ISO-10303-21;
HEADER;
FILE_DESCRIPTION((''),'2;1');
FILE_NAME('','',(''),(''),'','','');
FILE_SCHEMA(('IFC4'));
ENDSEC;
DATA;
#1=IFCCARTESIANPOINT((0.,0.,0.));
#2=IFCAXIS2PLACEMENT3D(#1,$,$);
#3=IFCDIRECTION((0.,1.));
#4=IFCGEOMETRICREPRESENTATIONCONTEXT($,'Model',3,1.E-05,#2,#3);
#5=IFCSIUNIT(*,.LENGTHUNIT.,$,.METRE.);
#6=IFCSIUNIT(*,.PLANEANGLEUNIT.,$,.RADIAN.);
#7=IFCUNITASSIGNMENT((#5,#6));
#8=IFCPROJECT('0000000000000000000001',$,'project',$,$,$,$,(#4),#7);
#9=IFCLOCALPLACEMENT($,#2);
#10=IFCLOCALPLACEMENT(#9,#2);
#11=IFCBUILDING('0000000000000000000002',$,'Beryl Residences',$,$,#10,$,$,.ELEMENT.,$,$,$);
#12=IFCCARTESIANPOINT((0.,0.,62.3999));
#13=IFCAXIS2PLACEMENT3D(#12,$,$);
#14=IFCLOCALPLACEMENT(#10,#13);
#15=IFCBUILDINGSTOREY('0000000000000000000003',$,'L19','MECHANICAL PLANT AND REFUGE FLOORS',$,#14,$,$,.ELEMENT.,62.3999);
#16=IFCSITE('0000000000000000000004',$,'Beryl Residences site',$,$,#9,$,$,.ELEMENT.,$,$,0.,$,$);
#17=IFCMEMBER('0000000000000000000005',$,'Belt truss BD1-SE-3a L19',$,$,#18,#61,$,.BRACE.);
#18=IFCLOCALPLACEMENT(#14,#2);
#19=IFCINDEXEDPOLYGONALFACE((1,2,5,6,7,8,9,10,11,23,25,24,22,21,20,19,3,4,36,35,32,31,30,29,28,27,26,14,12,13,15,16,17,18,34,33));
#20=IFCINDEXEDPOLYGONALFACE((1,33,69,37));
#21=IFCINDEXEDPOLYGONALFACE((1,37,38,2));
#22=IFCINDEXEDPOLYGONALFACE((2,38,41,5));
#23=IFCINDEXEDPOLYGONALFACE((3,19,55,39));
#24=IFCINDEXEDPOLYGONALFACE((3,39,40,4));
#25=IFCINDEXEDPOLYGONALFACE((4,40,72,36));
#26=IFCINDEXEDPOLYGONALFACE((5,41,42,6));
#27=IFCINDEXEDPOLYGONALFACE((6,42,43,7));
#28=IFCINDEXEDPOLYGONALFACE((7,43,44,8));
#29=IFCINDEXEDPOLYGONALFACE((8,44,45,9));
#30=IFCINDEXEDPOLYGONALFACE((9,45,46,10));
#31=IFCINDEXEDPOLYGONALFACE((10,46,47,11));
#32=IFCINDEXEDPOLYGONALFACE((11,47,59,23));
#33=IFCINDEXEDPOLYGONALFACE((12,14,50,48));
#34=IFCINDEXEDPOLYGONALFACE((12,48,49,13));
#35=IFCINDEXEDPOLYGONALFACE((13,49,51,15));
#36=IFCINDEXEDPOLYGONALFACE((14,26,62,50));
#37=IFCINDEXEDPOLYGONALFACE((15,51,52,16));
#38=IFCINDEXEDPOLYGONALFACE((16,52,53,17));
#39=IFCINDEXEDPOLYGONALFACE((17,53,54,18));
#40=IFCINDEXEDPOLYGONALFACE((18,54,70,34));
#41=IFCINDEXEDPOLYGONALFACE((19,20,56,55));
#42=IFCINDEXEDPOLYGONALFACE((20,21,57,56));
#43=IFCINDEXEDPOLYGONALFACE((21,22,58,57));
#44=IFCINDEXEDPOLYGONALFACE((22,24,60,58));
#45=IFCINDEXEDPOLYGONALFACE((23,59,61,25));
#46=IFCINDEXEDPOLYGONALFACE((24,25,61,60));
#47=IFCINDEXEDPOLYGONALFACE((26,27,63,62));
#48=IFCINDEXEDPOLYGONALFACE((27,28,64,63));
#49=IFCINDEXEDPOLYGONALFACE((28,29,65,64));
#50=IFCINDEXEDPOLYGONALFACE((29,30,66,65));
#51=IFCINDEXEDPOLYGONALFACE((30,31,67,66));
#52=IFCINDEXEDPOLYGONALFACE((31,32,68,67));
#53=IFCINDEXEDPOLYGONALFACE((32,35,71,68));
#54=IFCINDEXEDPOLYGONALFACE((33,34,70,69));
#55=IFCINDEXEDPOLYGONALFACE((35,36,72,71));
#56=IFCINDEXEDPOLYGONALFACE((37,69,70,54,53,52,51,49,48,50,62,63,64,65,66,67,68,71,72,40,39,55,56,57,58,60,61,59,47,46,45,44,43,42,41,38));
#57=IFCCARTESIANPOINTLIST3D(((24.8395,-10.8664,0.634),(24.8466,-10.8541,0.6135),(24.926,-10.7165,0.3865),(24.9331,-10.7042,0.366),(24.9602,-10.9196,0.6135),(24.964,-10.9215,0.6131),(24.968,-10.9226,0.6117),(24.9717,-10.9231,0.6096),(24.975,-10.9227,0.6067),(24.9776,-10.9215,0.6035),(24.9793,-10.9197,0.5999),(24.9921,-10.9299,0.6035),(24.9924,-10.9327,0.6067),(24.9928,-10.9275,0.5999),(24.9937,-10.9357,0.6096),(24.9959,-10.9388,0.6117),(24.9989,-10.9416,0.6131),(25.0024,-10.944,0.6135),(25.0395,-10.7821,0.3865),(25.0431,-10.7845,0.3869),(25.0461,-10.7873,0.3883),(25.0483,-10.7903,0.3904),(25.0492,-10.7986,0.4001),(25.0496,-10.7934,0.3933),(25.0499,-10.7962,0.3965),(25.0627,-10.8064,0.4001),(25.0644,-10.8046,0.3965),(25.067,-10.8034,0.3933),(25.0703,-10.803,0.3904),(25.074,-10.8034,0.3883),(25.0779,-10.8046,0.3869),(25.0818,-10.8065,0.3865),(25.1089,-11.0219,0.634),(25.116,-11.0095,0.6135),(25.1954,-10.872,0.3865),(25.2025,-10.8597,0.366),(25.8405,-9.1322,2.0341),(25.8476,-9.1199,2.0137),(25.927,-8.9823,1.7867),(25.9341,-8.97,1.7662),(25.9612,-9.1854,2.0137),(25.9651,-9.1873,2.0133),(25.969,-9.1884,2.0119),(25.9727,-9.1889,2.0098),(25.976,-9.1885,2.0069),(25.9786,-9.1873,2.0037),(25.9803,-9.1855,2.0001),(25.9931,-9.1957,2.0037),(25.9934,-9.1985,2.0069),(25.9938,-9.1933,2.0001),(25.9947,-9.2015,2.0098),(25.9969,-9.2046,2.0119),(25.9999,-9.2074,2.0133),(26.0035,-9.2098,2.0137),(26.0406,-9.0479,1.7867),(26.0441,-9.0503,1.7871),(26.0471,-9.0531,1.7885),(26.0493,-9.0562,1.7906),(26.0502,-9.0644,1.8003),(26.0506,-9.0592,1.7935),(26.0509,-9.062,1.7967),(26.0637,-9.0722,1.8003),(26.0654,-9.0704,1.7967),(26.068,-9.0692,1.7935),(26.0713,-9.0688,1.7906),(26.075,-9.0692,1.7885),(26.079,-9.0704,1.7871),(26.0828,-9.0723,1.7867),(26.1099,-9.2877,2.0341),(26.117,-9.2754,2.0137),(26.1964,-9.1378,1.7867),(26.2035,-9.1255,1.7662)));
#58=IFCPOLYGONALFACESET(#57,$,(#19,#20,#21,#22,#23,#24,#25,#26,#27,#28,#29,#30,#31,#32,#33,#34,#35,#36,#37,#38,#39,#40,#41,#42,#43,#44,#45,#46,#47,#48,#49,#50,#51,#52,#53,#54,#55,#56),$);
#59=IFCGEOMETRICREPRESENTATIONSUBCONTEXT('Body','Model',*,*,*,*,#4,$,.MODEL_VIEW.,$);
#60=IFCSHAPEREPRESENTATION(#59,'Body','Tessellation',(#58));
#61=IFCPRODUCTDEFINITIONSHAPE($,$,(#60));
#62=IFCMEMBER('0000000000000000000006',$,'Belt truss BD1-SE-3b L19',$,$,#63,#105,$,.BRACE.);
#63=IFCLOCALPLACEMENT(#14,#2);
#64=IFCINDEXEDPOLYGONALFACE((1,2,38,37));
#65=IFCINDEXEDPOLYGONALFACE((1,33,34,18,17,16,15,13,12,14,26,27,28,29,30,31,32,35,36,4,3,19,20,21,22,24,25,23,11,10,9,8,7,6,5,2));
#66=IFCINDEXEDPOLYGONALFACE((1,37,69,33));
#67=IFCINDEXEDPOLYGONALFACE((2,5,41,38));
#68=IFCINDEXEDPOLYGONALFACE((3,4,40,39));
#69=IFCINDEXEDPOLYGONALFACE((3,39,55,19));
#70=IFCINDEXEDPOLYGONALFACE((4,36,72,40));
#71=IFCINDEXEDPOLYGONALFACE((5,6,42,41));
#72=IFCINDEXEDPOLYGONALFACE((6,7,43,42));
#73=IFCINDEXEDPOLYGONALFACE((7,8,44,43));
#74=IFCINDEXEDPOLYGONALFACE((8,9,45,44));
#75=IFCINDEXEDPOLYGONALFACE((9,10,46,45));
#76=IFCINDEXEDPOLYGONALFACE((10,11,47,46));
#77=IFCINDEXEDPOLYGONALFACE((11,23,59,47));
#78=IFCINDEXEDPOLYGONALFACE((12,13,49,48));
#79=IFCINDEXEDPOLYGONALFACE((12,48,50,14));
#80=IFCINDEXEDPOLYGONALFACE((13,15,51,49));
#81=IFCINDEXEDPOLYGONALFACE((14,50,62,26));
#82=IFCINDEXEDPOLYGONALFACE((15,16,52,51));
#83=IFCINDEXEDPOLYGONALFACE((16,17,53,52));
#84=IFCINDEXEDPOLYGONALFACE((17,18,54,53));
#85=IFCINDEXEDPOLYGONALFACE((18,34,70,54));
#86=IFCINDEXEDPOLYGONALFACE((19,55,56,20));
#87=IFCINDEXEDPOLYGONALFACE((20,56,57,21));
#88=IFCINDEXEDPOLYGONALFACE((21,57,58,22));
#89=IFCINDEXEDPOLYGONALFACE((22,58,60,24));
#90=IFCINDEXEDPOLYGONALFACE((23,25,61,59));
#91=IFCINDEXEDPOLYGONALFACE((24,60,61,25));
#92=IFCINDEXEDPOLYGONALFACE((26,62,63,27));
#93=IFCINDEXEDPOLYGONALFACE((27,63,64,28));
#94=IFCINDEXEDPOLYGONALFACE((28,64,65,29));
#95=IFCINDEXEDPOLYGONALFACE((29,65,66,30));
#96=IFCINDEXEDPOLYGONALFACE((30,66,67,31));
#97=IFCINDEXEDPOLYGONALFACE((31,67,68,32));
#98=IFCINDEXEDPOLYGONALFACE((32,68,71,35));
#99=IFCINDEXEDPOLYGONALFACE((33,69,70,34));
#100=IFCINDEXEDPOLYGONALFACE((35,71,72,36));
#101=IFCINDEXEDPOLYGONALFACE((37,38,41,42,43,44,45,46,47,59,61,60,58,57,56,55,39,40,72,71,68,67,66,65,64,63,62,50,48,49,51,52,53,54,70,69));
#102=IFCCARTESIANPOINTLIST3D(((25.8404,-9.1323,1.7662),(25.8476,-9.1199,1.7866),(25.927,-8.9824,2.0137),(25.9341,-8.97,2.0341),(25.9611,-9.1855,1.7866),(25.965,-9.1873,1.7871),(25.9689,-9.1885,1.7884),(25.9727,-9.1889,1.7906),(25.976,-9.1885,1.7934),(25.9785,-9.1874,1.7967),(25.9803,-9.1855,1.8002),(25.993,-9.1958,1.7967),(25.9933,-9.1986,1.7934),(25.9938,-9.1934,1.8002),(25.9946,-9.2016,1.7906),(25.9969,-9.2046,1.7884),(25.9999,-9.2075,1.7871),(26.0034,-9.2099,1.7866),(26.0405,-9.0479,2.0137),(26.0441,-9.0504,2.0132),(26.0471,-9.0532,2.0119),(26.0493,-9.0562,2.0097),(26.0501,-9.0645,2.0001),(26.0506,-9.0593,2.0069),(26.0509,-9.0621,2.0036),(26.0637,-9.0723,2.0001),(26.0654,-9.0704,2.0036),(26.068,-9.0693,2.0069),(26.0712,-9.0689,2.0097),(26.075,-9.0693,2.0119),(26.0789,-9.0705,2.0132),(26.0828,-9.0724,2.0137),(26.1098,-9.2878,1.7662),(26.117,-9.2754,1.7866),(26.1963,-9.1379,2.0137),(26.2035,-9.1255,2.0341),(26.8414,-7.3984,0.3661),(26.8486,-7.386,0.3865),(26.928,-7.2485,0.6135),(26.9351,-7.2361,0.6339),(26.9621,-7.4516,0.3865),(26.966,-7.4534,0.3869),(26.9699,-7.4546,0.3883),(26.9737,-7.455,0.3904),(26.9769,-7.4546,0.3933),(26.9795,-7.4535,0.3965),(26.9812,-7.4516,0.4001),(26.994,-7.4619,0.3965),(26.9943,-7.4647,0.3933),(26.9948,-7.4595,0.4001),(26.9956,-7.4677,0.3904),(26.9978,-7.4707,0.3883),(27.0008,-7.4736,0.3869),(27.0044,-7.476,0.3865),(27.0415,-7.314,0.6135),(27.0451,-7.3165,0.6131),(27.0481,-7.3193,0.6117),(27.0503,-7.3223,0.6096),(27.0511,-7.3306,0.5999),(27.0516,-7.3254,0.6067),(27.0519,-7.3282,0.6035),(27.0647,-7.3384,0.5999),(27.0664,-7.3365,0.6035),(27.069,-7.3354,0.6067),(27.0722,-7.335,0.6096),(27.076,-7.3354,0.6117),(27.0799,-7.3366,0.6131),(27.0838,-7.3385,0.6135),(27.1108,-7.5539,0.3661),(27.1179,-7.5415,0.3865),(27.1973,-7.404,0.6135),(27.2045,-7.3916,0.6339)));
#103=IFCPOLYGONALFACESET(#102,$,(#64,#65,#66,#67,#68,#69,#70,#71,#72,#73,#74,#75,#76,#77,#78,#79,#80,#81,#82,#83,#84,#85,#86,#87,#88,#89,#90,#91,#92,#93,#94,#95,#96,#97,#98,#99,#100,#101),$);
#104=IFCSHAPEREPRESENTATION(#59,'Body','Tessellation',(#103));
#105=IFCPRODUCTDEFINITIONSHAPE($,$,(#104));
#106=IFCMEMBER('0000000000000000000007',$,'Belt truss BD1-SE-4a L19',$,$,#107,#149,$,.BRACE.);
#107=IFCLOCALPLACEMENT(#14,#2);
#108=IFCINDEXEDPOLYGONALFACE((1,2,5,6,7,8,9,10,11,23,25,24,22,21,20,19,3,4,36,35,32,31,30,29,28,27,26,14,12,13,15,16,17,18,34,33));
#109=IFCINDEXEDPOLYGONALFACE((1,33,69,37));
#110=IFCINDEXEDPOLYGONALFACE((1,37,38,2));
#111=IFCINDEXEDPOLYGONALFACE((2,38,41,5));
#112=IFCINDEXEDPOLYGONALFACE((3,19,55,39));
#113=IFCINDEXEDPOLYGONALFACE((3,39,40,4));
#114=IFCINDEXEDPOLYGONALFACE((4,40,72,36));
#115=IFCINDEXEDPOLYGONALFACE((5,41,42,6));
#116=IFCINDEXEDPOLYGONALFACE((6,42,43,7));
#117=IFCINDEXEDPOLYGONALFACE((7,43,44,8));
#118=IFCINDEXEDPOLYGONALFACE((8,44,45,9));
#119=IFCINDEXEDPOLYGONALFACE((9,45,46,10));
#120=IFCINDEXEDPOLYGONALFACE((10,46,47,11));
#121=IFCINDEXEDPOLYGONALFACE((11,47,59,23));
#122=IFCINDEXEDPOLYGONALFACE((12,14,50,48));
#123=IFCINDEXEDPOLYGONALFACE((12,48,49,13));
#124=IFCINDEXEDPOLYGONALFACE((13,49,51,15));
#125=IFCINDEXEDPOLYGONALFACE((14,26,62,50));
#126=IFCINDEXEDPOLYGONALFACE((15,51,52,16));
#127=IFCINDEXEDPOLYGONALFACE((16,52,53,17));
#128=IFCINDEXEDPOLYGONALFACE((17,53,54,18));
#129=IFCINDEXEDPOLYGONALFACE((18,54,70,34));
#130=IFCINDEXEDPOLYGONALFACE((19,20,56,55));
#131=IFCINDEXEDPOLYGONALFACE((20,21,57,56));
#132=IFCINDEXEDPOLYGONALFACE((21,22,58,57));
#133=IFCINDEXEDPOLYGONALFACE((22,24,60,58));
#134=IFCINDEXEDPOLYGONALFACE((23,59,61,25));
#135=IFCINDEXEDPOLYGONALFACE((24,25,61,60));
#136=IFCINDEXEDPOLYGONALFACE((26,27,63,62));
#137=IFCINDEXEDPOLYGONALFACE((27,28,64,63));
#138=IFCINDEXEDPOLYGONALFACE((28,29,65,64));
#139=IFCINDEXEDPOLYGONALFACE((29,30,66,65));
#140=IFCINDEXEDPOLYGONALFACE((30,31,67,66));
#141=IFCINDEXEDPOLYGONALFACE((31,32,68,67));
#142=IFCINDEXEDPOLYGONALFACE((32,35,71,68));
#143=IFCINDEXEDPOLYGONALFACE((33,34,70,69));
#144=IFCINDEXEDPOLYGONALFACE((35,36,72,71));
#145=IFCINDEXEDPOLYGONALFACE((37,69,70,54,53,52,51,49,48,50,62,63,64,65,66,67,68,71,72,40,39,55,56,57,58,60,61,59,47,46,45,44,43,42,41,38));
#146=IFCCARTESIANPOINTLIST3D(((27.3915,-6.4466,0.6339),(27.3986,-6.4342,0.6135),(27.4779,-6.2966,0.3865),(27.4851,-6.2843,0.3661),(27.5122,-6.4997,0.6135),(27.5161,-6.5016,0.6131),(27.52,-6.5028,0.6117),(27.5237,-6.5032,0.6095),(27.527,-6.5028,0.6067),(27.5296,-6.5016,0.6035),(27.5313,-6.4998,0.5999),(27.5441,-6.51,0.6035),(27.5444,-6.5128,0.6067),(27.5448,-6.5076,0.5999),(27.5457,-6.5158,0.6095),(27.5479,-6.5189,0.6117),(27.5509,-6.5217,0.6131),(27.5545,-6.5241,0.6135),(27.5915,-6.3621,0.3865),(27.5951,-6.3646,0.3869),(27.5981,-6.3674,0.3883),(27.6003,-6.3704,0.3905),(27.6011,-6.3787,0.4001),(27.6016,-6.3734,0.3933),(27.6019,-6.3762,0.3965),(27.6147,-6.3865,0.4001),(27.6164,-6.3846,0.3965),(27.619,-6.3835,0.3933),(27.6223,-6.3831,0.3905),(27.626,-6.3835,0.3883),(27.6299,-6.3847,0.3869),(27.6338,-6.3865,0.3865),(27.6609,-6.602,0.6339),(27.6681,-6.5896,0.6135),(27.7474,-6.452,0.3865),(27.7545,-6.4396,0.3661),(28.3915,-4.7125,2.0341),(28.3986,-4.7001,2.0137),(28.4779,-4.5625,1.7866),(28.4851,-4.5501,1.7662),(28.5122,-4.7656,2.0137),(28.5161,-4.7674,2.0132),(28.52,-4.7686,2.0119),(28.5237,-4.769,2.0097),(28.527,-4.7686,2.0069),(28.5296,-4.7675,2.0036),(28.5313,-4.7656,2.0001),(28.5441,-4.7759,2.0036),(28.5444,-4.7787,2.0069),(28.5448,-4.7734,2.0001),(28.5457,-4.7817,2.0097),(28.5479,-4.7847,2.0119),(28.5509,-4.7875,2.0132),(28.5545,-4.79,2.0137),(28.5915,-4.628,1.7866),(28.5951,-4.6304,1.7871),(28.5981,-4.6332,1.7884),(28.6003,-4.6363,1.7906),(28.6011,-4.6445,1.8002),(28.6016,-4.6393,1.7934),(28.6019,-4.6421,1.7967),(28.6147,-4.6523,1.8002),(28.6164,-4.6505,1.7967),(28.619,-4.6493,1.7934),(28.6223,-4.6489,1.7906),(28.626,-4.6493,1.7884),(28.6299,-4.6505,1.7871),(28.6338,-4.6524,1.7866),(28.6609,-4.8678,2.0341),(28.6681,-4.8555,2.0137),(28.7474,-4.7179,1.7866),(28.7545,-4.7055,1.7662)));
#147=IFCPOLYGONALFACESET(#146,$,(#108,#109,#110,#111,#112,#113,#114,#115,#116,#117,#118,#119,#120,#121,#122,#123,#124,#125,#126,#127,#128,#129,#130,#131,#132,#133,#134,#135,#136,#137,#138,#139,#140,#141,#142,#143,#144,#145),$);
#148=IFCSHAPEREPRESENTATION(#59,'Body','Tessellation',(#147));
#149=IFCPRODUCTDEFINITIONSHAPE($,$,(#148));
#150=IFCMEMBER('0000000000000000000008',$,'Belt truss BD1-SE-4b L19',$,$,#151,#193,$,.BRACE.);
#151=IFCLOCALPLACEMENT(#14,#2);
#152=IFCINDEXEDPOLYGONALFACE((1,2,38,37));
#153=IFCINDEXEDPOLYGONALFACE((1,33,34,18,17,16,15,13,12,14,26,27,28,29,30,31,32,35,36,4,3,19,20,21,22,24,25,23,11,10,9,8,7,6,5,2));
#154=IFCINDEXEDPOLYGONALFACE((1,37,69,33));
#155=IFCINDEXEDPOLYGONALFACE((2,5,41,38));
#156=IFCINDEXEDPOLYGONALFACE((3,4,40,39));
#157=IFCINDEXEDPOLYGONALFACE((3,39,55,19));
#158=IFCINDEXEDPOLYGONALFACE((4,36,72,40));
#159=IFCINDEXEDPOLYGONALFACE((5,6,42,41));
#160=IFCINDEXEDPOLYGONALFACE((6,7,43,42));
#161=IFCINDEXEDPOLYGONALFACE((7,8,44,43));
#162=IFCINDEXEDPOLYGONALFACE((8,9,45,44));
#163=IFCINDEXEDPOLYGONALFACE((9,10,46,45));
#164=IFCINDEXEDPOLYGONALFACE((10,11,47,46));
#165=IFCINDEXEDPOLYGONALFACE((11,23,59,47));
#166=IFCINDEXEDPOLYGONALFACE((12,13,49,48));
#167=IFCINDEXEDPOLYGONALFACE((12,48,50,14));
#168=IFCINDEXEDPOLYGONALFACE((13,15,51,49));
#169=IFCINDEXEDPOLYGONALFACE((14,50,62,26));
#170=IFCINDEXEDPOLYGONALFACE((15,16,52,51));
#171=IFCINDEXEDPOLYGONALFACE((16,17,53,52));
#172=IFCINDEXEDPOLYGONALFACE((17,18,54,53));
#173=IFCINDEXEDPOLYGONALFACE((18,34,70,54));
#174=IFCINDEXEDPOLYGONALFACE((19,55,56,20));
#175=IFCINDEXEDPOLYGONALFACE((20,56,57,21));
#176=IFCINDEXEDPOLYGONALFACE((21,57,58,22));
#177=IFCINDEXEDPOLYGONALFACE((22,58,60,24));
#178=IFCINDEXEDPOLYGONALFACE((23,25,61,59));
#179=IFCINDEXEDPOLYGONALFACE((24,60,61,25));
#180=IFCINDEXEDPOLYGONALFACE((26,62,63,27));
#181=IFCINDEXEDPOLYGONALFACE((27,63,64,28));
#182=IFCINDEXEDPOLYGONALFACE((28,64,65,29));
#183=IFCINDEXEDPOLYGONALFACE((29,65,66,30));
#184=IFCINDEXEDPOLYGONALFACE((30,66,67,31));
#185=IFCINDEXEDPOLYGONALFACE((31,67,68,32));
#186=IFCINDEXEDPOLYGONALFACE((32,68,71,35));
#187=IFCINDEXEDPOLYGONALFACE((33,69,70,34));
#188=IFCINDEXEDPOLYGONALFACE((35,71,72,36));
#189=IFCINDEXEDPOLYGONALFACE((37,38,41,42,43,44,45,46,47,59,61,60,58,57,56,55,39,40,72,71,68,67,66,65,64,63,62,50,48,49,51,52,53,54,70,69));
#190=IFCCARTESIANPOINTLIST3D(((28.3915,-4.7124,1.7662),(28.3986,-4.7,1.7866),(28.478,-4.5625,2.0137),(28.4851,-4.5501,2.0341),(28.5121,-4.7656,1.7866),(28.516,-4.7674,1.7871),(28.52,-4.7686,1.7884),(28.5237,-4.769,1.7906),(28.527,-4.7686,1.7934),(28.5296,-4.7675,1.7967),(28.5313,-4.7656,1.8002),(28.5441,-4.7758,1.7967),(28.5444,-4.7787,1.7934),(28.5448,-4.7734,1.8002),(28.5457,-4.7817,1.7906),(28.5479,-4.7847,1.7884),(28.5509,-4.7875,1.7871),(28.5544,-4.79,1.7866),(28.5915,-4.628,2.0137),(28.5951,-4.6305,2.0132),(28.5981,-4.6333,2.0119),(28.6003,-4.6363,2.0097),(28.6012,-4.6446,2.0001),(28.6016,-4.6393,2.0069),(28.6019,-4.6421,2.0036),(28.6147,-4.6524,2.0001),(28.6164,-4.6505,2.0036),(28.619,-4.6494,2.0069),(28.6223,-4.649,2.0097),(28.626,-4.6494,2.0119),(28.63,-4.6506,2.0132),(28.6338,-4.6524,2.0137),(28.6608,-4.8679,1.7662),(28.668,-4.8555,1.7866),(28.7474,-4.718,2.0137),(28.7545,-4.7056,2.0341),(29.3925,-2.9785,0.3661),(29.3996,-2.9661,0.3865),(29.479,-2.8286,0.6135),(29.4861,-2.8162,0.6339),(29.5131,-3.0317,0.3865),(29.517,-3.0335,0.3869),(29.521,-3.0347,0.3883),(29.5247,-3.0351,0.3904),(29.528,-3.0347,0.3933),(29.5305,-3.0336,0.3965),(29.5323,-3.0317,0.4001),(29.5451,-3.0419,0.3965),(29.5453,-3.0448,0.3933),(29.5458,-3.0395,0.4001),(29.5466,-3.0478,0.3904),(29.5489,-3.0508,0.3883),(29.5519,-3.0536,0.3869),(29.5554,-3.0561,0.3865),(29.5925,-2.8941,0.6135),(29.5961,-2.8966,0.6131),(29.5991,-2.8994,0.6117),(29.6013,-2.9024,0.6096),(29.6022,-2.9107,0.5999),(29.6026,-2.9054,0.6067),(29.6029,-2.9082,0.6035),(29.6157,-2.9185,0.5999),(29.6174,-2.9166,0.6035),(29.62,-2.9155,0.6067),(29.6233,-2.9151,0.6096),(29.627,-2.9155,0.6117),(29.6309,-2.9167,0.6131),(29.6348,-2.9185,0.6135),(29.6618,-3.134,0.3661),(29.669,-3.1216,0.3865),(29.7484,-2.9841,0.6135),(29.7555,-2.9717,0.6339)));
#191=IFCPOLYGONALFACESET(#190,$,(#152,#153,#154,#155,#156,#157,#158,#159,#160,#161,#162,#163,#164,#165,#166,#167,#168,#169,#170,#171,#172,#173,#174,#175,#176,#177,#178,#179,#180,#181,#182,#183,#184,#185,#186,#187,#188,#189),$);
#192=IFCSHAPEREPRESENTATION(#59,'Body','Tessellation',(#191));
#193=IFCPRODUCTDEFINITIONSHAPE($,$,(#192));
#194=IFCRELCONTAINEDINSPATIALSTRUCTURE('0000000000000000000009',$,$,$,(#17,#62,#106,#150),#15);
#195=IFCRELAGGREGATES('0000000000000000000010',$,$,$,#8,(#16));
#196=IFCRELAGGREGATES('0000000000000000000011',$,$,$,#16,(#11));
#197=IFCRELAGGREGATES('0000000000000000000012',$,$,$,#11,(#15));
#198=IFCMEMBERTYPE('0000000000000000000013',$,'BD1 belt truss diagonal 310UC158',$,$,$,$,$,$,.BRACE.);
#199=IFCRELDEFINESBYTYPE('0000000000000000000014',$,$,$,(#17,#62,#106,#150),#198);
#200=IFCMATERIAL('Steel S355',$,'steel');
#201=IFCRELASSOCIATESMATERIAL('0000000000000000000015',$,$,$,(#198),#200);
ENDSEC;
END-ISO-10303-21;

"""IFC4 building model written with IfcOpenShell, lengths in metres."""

from ifc_helpers import new_model, si_unit, direction, frame, origin, origin_2d, place, context, subcontext, project, spatial, i_section, extrude, material, material_profile, profile_set, type_object, element, save


model = new_model("IFC4")

# Units and contexts
model_context = context("Model", 3, precision=1e-05, world=origin(), true_north=direction((0.0, 1.0)))
body_context = subcontext(model_context, "Body", "Model", "MODEL_VIEW")
ifc_project = project(units=[si_unit("LENGTHUNIT", "METRE"), si_unit("PLANEANGLEUNIT", "RADIAN")], contexts=[model_context])

# Site, building, storey
site_placement = place(None, origin())
site = spatial("IfcSite", under=ifc_project, at=site_placement, Name="Beryl Residences site", CompositionType="ELEMENT", RefElevation=0.0)
building_placement = place(site_placement, origin())
building = spatial("IfcBuilding", under=site, at=building_placement, Name="Beryl Residences", CompositionType="ELEMENT")
storey_placement = place(building_placement, frame((0.0, 0.0, 62.3999)))
storey = spatial("IfcBuildingStorey", under=building, at=storey_placement, Name="L19", Description="MECHANICAL PLANT AND REFUGE FLOORS", CompositionType="ELEMENT", Elevation=62.3999)

# Members
ifc_material_1 = material(Name="Steel S355", Category="steel")
ifc_material_profile_1 = material_profile(ifc_material_1, i_section(OverallWidth=0.311, OverallDepth=0.3269, WebThickness=0.0156, FlangeThickness=0.0249, FilletRadius=0.0166, at=origin_2d()))
ifc_profile_set_1 = profile_set([ifc_material_profile_1], Name="Steel S355")
member_type_1 = type_object("IfcMemberType", Name="BD1 belt truss diagonal 310UC158", PredefinedType="BRACE", material=ifc_profile_set_1)
for number, where, z_axis, x_axis, name in (
    (1, (25.021, -10.863, 0.5), (0.409687, 0.709758, 0.573062), (-0.866074, 0.499916, 0.0), "Belt truss BD1-SE-3a L19"),
):
    element("IfcMember", number, at=place(storey_placement, frame(where, z_axis=z_axis, x_axis=x_axis)), inside=storey, type_object=member_type_1, Name=name, PredefinedType="BRACE", context=body_context, shape_type="SweptSolid", body=[
        extrude(i_section(OverallWidth=0.311, OverallDepth=0.3269, WebThickness=0.0156, FlangeThickness=0.0249, FilletRadius=0.0166, at=origin_2d()), origin(), (0.0, 0.0, 1.0), 2.4434),
    ])
member_1_placement = place(storey_placement, frame((27.0229, -7.395, 0.5), z_axis=(-0.409716, -0.709708, 0.573103), x_axis=(0.866043, -0.499969, 0.0)))
element("IfcMember", 2, at=member_1_placement, inside=storey, type_object=member_type_1, Name="Belt truss BD1-SE-3b L19", PredefinedType="BRACE", context=body_context, shape_type="SweptSolid", body=[
    extrude(i_section(OverallWidth=0.311, OverallDepth=0.3269, WebThickness=0.0156, FlangeThickness=0.0249, FilletRadius=0.0166, at=origin_2d()), origin(), (0.0, 0.0, 1.0), 2.4431),
])
member_2_placement = place(storey_placement, frame((27.573, -6.4431, 0.5), z_axis=(0.409354, 0.709874, 0.573156), x_axis=(-0.866285, 0.49955, 0.0)))
element("IfcMember", 3, at=member_2_placement, inside=storey, type_object=member_type_1, Name="Belt truss BD1-SE-4a L19", PredefinedType="BRACE", context=body_context, shape_type="SweptSolid", body=[
    extrude(i_section(OverallWidth=0.311, OverallDepth=0.3269, WebThickness=0.0156, FlangeThickness=0.0249, FilletRadius=0.0166, at=origin_2d()), origin(), (0.0, 0.0, 1.0), 2.4429),
])
member_3_placement = place(storey_placement, frame((29.574, -2.9751, 0.5), z_axis=(-0.409716, -0.709708, 0.573103), x_axis=(0.866043, -0.499969, 0.0)))
element("IfcMember", 4, at=member_3_placement, inside=storey, type_object=member_type_1, Name="Belt truss BD1-SE-4b L19", PredefinedType="BRACE", context=body_context, shape_type="SweptSolid", body=[
    extrude(i_section(OverallWidth=0.311, OverallDepth=0.3269, WebThickness=0.0156, FlangeThickness=0.0249, FilletRadius=0.0166, at=origin_2d()), origin(), (0.0, 0.0, 1.0), 2.4431),
])

save(model, "model.ifc")
